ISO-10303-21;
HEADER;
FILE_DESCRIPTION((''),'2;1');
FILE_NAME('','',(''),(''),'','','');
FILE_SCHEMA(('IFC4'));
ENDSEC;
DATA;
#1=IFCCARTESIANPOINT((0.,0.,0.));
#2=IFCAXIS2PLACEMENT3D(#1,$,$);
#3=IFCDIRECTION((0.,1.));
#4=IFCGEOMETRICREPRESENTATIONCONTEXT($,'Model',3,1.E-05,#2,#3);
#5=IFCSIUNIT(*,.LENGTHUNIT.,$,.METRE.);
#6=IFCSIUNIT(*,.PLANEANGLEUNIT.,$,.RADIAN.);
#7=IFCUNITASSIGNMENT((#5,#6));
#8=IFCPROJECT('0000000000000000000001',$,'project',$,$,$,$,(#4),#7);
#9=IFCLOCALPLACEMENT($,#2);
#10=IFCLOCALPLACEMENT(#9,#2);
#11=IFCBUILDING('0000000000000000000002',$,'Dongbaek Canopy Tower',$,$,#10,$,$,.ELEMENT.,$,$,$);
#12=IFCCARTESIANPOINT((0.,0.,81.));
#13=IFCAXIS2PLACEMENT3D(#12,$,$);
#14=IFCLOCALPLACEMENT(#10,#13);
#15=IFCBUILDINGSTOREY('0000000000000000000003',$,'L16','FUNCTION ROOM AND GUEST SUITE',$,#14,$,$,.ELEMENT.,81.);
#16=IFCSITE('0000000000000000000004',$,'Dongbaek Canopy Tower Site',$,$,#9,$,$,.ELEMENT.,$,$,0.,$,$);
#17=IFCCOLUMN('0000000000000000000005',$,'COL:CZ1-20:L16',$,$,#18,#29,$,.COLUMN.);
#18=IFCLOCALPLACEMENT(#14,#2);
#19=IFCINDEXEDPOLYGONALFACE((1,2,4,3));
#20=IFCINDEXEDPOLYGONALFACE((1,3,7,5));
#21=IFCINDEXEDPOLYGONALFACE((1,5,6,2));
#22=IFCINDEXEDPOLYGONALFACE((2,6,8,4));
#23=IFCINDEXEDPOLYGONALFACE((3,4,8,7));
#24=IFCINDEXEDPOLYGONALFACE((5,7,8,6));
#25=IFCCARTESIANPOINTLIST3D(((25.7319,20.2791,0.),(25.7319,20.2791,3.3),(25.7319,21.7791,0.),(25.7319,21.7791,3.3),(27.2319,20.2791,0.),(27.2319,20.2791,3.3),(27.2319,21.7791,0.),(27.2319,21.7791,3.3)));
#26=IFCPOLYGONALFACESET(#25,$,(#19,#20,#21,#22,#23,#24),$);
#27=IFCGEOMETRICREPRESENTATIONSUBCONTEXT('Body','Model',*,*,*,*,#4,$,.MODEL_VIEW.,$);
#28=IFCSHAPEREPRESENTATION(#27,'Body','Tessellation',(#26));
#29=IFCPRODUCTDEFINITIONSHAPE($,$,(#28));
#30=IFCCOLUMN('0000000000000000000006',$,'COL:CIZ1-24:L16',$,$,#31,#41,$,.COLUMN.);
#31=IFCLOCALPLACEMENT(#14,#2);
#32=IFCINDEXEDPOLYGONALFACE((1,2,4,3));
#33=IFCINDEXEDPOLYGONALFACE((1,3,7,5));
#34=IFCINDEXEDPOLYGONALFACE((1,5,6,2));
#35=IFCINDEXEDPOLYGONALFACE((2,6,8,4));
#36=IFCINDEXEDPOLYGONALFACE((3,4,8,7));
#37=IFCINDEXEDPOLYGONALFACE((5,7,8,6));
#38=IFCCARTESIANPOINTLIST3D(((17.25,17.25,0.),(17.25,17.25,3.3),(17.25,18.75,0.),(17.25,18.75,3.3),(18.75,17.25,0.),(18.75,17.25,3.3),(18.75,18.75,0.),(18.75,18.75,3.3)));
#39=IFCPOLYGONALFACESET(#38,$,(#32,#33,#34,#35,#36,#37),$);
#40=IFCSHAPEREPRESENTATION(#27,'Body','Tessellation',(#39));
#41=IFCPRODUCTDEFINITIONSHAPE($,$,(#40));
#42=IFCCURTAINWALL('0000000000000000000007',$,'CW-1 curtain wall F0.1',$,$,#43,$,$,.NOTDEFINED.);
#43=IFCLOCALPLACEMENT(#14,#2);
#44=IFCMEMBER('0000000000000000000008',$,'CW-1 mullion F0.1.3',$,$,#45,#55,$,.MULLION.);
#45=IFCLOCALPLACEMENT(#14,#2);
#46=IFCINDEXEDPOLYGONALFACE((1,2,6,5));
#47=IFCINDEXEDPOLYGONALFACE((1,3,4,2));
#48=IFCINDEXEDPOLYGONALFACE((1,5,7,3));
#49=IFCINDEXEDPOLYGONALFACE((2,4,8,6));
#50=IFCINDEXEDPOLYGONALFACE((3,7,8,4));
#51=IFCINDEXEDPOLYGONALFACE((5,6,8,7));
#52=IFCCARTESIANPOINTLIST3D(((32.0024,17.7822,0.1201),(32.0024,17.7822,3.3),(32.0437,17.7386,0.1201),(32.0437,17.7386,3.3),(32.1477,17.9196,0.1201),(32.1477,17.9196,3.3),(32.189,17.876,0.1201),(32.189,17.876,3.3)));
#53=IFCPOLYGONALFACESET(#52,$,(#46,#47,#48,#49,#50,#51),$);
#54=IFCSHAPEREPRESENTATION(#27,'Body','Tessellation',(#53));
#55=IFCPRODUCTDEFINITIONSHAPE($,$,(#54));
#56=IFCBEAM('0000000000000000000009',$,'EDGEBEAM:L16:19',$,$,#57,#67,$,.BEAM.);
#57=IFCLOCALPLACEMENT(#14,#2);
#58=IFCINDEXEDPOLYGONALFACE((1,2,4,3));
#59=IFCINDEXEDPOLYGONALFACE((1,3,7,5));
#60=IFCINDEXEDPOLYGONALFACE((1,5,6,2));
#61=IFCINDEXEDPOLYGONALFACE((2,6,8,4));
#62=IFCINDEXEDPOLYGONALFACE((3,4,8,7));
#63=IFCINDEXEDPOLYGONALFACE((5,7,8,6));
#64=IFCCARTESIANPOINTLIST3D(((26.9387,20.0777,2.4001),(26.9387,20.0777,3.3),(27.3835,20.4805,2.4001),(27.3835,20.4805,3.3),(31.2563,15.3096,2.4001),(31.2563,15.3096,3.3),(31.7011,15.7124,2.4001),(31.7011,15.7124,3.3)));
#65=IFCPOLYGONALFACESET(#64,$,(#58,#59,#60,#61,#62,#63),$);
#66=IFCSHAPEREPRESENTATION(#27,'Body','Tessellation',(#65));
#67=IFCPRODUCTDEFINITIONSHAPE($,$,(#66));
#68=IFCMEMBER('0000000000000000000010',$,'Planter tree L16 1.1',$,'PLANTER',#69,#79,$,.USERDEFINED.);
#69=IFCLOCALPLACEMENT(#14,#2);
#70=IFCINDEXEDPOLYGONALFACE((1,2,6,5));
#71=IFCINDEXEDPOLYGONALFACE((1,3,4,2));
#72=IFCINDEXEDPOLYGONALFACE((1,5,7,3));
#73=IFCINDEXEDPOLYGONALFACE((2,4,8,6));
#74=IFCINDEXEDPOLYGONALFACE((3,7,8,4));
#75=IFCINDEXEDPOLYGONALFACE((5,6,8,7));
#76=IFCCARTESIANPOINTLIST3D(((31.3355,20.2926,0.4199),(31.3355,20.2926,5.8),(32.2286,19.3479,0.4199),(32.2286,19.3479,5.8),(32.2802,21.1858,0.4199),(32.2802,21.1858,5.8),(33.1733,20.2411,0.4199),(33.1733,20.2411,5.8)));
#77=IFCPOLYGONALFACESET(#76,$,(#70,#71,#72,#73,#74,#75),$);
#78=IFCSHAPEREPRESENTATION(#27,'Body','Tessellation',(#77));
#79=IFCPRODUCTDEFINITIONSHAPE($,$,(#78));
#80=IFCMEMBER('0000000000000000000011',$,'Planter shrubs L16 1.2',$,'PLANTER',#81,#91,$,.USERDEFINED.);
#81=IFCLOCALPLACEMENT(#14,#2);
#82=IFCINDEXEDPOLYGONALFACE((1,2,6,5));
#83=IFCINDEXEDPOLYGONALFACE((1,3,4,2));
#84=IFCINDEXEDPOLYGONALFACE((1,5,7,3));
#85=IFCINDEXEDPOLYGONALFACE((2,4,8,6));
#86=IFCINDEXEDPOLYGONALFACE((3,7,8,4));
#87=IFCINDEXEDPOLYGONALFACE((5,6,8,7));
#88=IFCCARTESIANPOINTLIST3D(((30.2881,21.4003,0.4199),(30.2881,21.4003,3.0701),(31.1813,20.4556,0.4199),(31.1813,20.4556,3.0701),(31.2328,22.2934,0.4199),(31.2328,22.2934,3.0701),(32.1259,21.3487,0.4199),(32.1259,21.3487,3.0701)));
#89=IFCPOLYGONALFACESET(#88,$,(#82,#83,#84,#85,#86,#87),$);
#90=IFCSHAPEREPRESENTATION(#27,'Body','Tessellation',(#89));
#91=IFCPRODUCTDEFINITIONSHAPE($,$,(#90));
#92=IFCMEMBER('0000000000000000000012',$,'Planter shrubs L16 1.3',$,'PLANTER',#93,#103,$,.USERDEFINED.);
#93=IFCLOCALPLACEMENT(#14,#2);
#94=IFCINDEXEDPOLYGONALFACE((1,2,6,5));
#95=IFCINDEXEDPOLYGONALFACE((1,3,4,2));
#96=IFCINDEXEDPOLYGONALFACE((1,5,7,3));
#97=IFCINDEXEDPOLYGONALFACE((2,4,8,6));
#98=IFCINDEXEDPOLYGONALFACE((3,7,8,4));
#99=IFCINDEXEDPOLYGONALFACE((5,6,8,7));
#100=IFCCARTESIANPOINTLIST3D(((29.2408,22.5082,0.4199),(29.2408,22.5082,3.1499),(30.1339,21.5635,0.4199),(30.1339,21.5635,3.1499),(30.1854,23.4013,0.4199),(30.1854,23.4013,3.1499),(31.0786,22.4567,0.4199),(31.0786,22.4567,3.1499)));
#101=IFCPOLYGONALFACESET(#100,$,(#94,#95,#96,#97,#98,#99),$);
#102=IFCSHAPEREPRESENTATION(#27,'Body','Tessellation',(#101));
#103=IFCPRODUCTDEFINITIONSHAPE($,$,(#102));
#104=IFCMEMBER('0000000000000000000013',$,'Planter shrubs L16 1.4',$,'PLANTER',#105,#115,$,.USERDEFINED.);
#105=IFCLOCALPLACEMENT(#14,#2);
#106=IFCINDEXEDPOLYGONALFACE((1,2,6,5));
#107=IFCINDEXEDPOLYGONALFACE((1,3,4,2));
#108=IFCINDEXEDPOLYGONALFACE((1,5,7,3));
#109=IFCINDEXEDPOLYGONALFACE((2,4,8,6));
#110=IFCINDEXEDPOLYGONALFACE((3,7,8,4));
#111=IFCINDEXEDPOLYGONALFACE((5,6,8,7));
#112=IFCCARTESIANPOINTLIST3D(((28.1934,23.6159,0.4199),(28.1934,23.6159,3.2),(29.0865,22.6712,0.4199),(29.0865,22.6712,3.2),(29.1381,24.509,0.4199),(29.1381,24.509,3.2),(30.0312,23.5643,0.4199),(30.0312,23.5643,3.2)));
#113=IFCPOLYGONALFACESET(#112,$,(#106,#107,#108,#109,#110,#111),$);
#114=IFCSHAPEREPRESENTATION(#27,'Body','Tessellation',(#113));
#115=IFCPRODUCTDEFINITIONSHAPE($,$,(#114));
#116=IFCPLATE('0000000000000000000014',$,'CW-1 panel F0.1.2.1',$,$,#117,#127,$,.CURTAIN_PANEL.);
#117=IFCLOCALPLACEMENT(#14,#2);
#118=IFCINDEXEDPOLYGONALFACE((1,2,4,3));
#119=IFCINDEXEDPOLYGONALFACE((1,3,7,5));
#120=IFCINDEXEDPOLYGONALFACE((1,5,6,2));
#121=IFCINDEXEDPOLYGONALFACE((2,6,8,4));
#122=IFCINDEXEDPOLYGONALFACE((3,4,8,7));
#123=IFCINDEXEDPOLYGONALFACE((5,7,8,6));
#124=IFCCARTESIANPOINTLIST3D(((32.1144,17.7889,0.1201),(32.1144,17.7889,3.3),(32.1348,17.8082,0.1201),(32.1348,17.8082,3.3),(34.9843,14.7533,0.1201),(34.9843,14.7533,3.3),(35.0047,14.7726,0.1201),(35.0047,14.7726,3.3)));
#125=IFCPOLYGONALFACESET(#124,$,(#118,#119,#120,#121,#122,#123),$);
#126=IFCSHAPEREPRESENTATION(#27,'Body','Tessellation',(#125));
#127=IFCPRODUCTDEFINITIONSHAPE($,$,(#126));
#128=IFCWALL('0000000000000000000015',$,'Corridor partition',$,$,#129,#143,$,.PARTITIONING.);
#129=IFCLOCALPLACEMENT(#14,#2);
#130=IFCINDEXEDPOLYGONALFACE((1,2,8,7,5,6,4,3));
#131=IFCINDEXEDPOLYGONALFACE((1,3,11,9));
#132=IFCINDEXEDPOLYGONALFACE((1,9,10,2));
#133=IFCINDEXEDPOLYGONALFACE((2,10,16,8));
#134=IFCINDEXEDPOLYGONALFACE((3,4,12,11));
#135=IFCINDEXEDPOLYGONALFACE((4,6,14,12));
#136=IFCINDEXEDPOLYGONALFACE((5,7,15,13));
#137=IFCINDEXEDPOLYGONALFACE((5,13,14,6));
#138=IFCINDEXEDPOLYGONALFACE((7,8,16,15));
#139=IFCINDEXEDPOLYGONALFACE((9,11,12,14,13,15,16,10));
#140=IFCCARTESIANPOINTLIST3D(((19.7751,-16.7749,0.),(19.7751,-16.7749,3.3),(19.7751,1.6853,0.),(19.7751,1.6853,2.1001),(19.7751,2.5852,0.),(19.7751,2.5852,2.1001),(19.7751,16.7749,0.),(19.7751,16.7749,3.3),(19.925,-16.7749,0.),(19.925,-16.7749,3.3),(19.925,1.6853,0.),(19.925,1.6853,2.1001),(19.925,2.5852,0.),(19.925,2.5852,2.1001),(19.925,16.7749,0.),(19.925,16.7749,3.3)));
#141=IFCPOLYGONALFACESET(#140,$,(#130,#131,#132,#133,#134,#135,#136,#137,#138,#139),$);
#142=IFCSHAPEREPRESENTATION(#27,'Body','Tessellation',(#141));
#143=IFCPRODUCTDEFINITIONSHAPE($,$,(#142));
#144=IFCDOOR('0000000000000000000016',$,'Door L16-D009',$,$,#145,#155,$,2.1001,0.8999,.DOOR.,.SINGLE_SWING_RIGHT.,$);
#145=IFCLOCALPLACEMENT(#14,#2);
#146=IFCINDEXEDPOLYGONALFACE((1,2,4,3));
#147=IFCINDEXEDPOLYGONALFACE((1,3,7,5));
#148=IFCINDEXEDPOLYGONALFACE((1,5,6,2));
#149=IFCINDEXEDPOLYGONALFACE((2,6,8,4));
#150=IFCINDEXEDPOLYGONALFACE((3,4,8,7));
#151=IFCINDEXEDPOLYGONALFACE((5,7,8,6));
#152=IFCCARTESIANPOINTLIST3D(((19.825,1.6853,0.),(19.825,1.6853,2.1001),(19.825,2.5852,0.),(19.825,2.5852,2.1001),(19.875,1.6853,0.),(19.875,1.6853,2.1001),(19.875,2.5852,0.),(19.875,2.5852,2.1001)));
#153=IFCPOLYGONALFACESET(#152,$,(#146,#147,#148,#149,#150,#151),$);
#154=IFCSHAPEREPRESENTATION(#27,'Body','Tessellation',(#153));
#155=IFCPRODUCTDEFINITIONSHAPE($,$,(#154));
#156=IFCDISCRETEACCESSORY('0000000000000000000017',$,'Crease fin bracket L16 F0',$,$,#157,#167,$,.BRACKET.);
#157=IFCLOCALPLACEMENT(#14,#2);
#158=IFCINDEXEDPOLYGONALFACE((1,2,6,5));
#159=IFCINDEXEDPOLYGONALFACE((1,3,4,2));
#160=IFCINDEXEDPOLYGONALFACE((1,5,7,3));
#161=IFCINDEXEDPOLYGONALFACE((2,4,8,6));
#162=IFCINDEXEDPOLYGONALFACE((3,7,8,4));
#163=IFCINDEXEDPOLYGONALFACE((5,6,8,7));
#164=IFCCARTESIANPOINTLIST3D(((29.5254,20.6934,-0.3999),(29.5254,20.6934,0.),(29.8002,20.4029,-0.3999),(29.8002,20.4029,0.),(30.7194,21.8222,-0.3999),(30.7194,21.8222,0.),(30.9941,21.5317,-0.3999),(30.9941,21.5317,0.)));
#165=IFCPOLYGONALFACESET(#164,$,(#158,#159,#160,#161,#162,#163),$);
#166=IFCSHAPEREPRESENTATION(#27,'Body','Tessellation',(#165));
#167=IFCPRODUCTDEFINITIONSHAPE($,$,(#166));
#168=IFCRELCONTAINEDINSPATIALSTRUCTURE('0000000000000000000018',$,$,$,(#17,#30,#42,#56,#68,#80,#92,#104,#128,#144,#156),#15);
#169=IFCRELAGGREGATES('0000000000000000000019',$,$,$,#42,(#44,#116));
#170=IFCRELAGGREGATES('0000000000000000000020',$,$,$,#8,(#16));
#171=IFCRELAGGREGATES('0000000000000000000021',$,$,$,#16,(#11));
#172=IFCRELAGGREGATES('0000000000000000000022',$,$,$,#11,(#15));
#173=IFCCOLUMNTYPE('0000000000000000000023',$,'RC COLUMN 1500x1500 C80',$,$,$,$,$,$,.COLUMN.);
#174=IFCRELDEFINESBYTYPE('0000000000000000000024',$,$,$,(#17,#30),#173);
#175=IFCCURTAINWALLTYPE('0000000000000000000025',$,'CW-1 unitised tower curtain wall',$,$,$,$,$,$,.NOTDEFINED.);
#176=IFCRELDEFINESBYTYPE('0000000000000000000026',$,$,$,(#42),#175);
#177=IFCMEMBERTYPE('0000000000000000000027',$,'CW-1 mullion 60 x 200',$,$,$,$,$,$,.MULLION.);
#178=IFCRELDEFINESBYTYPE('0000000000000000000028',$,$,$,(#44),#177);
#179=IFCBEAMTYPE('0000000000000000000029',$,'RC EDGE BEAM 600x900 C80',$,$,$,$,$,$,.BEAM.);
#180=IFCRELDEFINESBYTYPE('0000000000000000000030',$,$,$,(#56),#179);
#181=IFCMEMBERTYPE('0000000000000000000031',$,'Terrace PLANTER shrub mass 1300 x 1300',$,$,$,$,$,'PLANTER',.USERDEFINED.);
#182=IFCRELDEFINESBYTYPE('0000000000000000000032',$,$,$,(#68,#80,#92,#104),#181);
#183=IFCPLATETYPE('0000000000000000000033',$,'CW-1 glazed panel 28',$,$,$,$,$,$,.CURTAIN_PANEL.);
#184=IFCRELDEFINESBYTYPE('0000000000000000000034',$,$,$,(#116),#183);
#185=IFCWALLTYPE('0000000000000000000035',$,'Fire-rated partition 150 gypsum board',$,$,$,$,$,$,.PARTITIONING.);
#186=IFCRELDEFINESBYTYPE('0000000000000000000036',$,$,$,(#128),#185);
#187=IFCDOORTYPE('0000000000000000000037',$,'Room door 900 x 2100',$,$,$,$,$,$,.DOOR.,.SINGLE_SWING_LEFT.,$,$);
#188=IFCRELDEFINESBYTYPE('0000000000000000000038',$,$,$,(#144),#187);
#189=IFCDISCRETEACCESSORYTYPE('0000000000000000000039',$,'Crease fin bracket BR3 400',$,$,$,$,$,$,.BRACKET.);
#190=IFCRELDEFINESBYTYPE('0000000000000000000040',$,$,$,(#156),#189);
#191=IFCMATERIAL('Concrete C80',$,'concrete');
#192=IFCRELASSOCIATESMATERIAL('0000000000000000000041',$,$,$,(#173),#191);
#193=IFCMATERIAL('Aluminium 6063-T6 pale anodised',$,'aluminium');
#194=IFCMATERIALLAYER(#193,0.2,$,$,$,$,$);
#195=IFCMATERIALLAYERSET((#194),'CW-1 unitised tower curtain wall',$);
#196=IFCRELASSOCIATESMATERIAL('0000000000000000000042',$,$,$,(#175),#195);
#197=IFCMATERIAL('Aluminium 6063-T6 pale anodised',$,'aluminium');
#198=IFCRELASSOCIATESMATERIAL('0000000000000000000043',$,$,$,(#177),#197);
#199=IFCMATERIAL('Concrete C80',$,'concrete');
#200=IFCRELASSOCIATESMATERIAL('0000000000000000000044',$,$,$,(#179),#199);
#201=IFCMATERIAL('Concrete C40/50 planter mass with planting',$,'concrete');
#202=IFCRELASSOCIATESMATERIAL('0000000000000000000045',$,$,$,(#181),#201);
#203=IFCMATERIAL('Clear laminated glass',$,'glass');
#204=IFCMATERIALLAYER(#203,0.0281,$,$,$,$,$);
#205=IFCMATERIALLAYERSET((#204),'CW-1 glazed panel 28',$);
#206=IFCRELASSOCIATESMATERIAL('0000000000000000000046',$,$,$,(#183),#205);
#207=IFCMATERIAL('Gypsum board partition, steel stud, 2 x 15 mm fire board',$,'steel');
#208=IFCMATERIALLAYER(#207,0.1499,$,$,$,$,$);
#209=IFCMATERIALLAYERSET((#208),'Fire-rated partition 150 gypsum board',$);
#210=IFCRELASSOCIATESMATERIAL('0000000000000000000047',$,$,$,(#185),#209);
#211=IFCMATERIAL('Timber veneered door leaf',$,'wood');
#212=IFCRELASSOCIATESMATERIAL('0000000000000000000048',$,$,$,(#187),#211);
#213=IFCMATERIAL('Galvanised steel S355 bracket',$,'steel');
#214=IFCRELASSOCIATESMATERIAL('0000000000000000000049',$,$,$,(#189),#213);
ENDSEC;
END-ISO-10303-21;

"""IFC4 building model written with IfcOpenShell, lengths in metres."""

from ifc_helpers import new_model, si_unit, direction, frame, frame_2d, origin, origin_2d, place, context, subcontext, project, spatial, rectangle, extrude, material, layer, layer_set, material_profile, profile_set, type_object, element, fill, aggregate, save


model = new_model("IFC4")

# Units and contexts
model_context = context("Model", 3, precision=1e-05, world=origin(), true_north=direction((0.0, 1.0)))
body_context = subcontext(model_context, "Body", "Model", "MODEL_VIEW")
ifc_project = project(units=[si_unit("LENGTHUNIT", "METRE"), si_unit("PLANEANGLEUNIT", "RADIAN")], contexts=[model_context])

# Site, building, storey
site_placement = place(None, origin())
site = spatial("IfcSite", under=ifc_project, at=site_placement, Name="Dongbaek Canopy Tower Site", CompositionType="ELEMENT", RefElevation=0.0)
building_placement = place(site_placement, origin())
building = spatial("IfcBuilding", under=site, at=building_placement, Name="Dongbaek Canopy Tower", CompositionType="ELEMENT")
storey_placement = place(building_placement, frame((0.0, 0.0, 81.0)))
storey = spatial("IfcBuildingStorey", under=building, at=storey_placement, Name="L16", Description="FUNCTION ROOM AND GUEST SUITE", CompositionType="ELEMENT", Elevation=81.0)

# Columns
ifc_material_1 = material(Name="Concrete C80", Category="concrete")
ifc_material_profile_1 = material_profile(ifc_material_1, rectangle(XDim=1.5, YDim=1.5, at=origin_2d()), Name="RC COLUMN 1500x1500 C80")
ifc_profile_set_1 = profile_set([ifc_material_profile_1], Name="Concrete C80")
column_type = type_object("IfcColumnType", Name="RC COLUMN 1500x1500 C80", PredefinedType="COLUMN", material=ifc_profile_set_1)
for number, where, z_axis, x_axis, name in (
    (1, (26.4819, 21.0291, 0.0), (0.0, 0.0, 1.0), (1.0, 0.0, 0.0), "COL:CZ1-20:L16"),
    (2, (18.0, 18.0, 0.0), (0.0, 0.0, 1.0), (1.0, 0.0, 0.0), "COL:CIZ1-24:L16"),
):
    element("IfcColumn", number, at=place(storey_placement, frame(where, z_axis=z_axis, x_axis=x_axis)), inside=storey, type_object=column_type, Name=name, PredefinedType="COLUMN", context=body_context, shape_type="SweptSolid", body=[
        extrude(rectangle(XDim=1.5, YDim=1.5, at=origin_2d()), origin(), (0.0, 0.0, 1.0), 3.3),
    ])

# Curtain wall, member
ifc_material_2 = material(Name="Aluminium 6063-T6 pale anodised", Category="aluminium")
ifc_layer_1 = layer(ifc_material_2, 0.2)
ifc_layer_set_1 = layer_set([ifc_layer_1], Name="CW-1 unitised tower curtain wall")
curtain_wall_type = type_object("IfcCurtainWallType", Name="CW-1 unitised tower curtain wall", PredefinedType="NOTDEFINED", material=ifc_layer_set_1)
curtain_wall_placement = place(storey_placement, origin())
curtain_wall = element("IfcCurtainWall", 3, at=curtain_wall_placement, inside=storey, type_object=curtain_wall_type, Name="CW-1 curtain wall F0.1", PredefinedType="NOTDEFINED")
ifc_material_3 = material(Name="Aluminium 6063-T6 pale anodised", Category="aluminium")
ifc_material_profile_2 = material_profile(ifc_material_3, rectangle(XDim=0.2, YDim=0.0601, at=origin_2d()), Name="CW-1 mullion 60 x 200")
ifc_profile_set_2 = profile_set([ifc_material_profile_2], Name="Aluminium 6063-T6 pale anodised")
member_type_1 = type_object("IfcMemberType", Name="CW-1 mullion 60 x 200", PredefinedType="MULLION", material=ifc_profile_set_2)
member_1_placement = place(storey_placement, frame((32.0957, 17.8291, 0.1201), z_axis=(0.0, 0.0, 1.0), x_axis=(0.726653, 0.687005, 0.0)))
member_1 = element("IfcMember", 4, at=member_1_placement, type_object=member_type_1, Name="CW-1 mullion F0.1.3", PredefinedType="MULLION", context=body_context, shape_type="SweptSolid", body=[
    extrude(rectangle(XDim=0.2, YDim=0.0601, at=origin_2d()), origin(), (0.0, 0.0, 1.0), 3.1799),
])

# Beam
ifc_material_4 = material(Name="Concrete C80", Category="concrete")
ifc_material_profile_3 = material_profile(ifc_material_4, rectangle(XDim=0.6001, YDim=0.8999, at=origin_2d()), Name="RC EDGE BEAM 600x900 C80")
ifc_profile_set_3 = profile_set([ifc_material_profile_3], Name="Concrete C80")
beam_type = type_object("IfcBeamType", Name="RC EDGE BEAM 600x900 C80", PredefinedType="BEAM", material=ifc_profile_set_3)
beam_placement = place(storey_placement, frame((27.1611, 20.2791, 2.8501), z_axis=(0.671226, -0.741252, 0.0), x_axis=(0.741252, 0.671226, 0.0)))
element("IfcBeam", 5, at=beam_placement, inside=storey, type_object=beam_type, Name="EDGEBEAM:L16:19", PredefinedType="BEAM", context=body_context, shape_type="SweptSolid", body=[
    extrude(rectangle(XDim=0.6001, YDim=0.8999, at=origin_2d()), origin(), (0.0, 0.0, 1.0), 6.4324),
])

# Members
ifc_material_5 = material(Name="Concrete C40/50 planter mass with planting", Category="concrete")
ifc_material_profile_4 = material_profile(ifc_material_5, rectangle(XDim=1.3, YDim=1.3, at=origin_2d()), Name="Terrace PLANTER shrub mass 1300 x 1300")
ifc_profile_set_4 = profile_set([ifc_material_profile_4], Name="Concrete C40/50 planter mass with planting")
member_type_2 = type_object("IfcMemberType", Name="Terrace PLANTER shrub mass 1300 x 1300", ElementType="PLANTER", PredefinedType="USERDEFINED", material=ifc_profile_set_4)
member_2_placement = place(storey_placement, frame((32.2544, 20.2668, 0.4199), z_axis=(0.0, 0.0, 1.0), x_axis=(0.726653, 0.687005, 0.0)))
element("IfcMember", 6, at=member_2_placement, inside=storey, type_object=member_type_2, Name="Planter tree L16 1.1", ObjectType="PLANTER", PredefinedType="USERDEFINED", context=body_context, shape_type="SweptSolid", body=[
    extrude(rectangle(XDim=1.3, YDim=1.3, at=origin_2d()), origin(), (0.0, 0.0, 1.0), 5.3801),
])
member_3_placement = place(storey_placement, frame((31.207, 21.3745, 0.4199), z_axis=(0.0, 0.0, 1.0), x_axis=(0.726653, 0.687005, 0.0)))
element("IfcMember", 7, at=member_3_placement, inside=storey, type_object=member_type_2, Name="Planter shrubs L16 1.2", ObjectType="PLANTER", PredefinedType="USERDEFINED", context=body_context, shape_type="SweptSolid", body=[
    extrude(rectangle(XDim=1.3, YDim=1.3, at=origin_2d()), origin(), (0.0, 0.0, 1.0), 2.6501),
])
member_4_placement = place(storey_placement, frame((30.1597, 22.4824, 0.4199), z_axis=(0.0, 0.0, 1.0), x_axis=(0.726653, 0.687005, 0.0)))
element("IfcMember", 8, at=member_4_placement, inside=storey, type_object=member_type_2, Name="Planter shrubs L16 1.3", ObjectType="PLANTER", PredefinedType="USERDEFINED", context=body_context, shape_type="SweptSolid", body=[
    extrude(rectangle(XDim=1.3, YDim=1.3, at=origin_2d()), origin(), (0.0, 0.0, 1.0), 2.73),
])
member_5_placement = place(storey_placement, frame((29.1123, 23.5901, 0.4199), z_axis=(0.0, 0.0, 1.0), x_axis=(0.726653, 0.687005, 0.0)))
element("IfcMember", 9, at=member_5_placement, inside=storey, type_object=member_type_2, Name="Planter shrubs L16 1.4", ObjectType="PLANTER", PredefinedType="USERDEFINED", context=body_context, shape_type="SweptSolid", body=[
    extrude(rectangle(XDim=1.3, YDim=1.3, at=origin_2d()), origin(), (0.0, 0.0, 1.0), 2.78),
])

# Plate
ifc_material_6 = material(Name="Clear laminated glass", Category="glass")
ifc_layer_2 = layer(ifc_material_6, 0.0281)
ifc_layer_set_2 = layer_set([ifc_layer_2], Name="CW-1 glazed panel 28")
plate_type = type_object("IfcPlateType", Name="CW-1 glazed panel 28", PredefinedType="CURTAIN_PANEL", material=ifc_layer_set_2)
plate_placement = place(storey_placement, frame((33.5596, 16.2808, 0.1201), z_axis=(0.0, 0.0, 1.0), x_axis=(-0.687005, 0.726653, 0.0)))
plate = element("IfcPlate", 10, at=plate_placement, type_object=plate_type, Name="CW-1 panel F0.1.2.1", PredefinedType="CURTAIN_PANEL", context=body_context, shape_type="SweptSolid", body=[
    extrude(rectangle(XDim=4.1775, YDim=0.0281, at=origin_2d()), origin(), (0.0, 0.0, 1.0), 3.1799),
])
aggregate(curtain_wall, [member_1, plate])

# Wall, opening, door
ifc_material_7 = material(Name="Gypsum board partition, steel stud, 2 x 15 mm fire board", Category="steel")
ifc_layer_3 = layer(ifc_material_7, 0.1499)
ifc_layer_set_3 = layer_set([ifc_layer_3], Name="Fire-rated partition 150 gypsum board")
wall_type_1 = type_object("IfcWallType", Name="Fire-rated partition 150 gypsum board", PredefinedType="PARTITIONING", material=ifc_layer_set_3)
wall_1_placement = place(storey_placement, frame((19.8501, 16.7749, 0.0), z_axis=(0.0, 0.0, 1.0), x_axis=(0.0, -1.0, 0.0)))
wall_1 = element("IfcWall", 11, at=wall_1_placement, inside=storey, type_object=wall_type_1, Name="Corridor partition", PredefinedType="PARTITIONING", context=body_context, shape_type="SweptSolid", body=[
    extrude(rectangle(XDim=33.5498, YDim=0.1499, at=frame_2d((16.7749, 0.0))), origin(), (0.0, 0.0, 1.0), 3.3),
])
opening_1_placement = place(wall_1_placement, frame((14.1897, 0.0, 0.0)))
opening_1 = element("IfcOpeningElement", 12, at=opening_1_placement, cuts=wall_1, PredefinedType="OPENING", context=body_context, shape_type="SweptSolid", body=[
    extrude(rectangle(XDim=0.8999, YDim=2.1001, at=frame_2d((0.45, 1.05))), frame((0.0, 0.085, 0.0), z_axis=(0.0, -1.0, 0.0), x_axis=(1.0, 0.0, 0.0)), (0.0, 0.0, 1.0), 0.1699),
])
ifc_material_8 = material(Name="Timber veneered door leaf", Category="wood")
door_type_1 = type_object("IfcDoorType", Name="Room door 900 x 2100", OperationType="SINGLE_SWING_LEFT", PredefinedType="DOOR", material=ifc_material_8)
door_1_placement = place(opening_1_placement, origin())
door_1 = element("IfcDoor", 13, at=door_1_placement, inside=storey, type_object=door_type_1, Name="Door L16-D009", OperationType="SINGLE_SWING_RIGHT", OverallHeight=2.1001, OverallWidth=0.8999, PredefinedType="DOOR", context=body_context, shape_type="SweptSolid", body=[
    extrude(rectangle(XDim=0.8999, YDim=2.1001, at=frame_2d((0.45, 1.05))), frame((0.0, 0.0249, 0.0), z_axis=(0.0, -1.0, 0.0), x_axis=(1.0, 0.0, 0.0)), (0.0, 0.0, 1.0), 0.05),
])
fill(opening_1, door_1)

# Discrete accessory
ifc_material_9 = material(Name="Galvanised steel S355 bracket", Category="steel")
discrete_accessory_type = type_object("IfcDiscreteAccessoryType", Name="Crease fin bracket BR3 400", PredefinedType="BRACKET", material=ifc_material_9)
discrete_accessory_placement = place(storey_placement, frame((30.2598, 21.1125, -0.3999), z_axis=(0.0, 0.0, 1.0), x_axis=(0.726653, 0.687005, 0.0)))
element("IfcDiscreteAccessory", 14, at=discrete_accessory_placement, inside=storey, type_object=discrete_accessory_type, Name="Crease fin bracket L16 F0", PredefinedType="BRACKET", context=body_context, shape_type="SweptSolid", body=[
    extrude(rectangle(XDim=1.6431, YDim=0.3999, at=origin_2d()), origin(), (0.0, 0.0, 1.0), 0.3999),
])

save(model, "model.ifc")
